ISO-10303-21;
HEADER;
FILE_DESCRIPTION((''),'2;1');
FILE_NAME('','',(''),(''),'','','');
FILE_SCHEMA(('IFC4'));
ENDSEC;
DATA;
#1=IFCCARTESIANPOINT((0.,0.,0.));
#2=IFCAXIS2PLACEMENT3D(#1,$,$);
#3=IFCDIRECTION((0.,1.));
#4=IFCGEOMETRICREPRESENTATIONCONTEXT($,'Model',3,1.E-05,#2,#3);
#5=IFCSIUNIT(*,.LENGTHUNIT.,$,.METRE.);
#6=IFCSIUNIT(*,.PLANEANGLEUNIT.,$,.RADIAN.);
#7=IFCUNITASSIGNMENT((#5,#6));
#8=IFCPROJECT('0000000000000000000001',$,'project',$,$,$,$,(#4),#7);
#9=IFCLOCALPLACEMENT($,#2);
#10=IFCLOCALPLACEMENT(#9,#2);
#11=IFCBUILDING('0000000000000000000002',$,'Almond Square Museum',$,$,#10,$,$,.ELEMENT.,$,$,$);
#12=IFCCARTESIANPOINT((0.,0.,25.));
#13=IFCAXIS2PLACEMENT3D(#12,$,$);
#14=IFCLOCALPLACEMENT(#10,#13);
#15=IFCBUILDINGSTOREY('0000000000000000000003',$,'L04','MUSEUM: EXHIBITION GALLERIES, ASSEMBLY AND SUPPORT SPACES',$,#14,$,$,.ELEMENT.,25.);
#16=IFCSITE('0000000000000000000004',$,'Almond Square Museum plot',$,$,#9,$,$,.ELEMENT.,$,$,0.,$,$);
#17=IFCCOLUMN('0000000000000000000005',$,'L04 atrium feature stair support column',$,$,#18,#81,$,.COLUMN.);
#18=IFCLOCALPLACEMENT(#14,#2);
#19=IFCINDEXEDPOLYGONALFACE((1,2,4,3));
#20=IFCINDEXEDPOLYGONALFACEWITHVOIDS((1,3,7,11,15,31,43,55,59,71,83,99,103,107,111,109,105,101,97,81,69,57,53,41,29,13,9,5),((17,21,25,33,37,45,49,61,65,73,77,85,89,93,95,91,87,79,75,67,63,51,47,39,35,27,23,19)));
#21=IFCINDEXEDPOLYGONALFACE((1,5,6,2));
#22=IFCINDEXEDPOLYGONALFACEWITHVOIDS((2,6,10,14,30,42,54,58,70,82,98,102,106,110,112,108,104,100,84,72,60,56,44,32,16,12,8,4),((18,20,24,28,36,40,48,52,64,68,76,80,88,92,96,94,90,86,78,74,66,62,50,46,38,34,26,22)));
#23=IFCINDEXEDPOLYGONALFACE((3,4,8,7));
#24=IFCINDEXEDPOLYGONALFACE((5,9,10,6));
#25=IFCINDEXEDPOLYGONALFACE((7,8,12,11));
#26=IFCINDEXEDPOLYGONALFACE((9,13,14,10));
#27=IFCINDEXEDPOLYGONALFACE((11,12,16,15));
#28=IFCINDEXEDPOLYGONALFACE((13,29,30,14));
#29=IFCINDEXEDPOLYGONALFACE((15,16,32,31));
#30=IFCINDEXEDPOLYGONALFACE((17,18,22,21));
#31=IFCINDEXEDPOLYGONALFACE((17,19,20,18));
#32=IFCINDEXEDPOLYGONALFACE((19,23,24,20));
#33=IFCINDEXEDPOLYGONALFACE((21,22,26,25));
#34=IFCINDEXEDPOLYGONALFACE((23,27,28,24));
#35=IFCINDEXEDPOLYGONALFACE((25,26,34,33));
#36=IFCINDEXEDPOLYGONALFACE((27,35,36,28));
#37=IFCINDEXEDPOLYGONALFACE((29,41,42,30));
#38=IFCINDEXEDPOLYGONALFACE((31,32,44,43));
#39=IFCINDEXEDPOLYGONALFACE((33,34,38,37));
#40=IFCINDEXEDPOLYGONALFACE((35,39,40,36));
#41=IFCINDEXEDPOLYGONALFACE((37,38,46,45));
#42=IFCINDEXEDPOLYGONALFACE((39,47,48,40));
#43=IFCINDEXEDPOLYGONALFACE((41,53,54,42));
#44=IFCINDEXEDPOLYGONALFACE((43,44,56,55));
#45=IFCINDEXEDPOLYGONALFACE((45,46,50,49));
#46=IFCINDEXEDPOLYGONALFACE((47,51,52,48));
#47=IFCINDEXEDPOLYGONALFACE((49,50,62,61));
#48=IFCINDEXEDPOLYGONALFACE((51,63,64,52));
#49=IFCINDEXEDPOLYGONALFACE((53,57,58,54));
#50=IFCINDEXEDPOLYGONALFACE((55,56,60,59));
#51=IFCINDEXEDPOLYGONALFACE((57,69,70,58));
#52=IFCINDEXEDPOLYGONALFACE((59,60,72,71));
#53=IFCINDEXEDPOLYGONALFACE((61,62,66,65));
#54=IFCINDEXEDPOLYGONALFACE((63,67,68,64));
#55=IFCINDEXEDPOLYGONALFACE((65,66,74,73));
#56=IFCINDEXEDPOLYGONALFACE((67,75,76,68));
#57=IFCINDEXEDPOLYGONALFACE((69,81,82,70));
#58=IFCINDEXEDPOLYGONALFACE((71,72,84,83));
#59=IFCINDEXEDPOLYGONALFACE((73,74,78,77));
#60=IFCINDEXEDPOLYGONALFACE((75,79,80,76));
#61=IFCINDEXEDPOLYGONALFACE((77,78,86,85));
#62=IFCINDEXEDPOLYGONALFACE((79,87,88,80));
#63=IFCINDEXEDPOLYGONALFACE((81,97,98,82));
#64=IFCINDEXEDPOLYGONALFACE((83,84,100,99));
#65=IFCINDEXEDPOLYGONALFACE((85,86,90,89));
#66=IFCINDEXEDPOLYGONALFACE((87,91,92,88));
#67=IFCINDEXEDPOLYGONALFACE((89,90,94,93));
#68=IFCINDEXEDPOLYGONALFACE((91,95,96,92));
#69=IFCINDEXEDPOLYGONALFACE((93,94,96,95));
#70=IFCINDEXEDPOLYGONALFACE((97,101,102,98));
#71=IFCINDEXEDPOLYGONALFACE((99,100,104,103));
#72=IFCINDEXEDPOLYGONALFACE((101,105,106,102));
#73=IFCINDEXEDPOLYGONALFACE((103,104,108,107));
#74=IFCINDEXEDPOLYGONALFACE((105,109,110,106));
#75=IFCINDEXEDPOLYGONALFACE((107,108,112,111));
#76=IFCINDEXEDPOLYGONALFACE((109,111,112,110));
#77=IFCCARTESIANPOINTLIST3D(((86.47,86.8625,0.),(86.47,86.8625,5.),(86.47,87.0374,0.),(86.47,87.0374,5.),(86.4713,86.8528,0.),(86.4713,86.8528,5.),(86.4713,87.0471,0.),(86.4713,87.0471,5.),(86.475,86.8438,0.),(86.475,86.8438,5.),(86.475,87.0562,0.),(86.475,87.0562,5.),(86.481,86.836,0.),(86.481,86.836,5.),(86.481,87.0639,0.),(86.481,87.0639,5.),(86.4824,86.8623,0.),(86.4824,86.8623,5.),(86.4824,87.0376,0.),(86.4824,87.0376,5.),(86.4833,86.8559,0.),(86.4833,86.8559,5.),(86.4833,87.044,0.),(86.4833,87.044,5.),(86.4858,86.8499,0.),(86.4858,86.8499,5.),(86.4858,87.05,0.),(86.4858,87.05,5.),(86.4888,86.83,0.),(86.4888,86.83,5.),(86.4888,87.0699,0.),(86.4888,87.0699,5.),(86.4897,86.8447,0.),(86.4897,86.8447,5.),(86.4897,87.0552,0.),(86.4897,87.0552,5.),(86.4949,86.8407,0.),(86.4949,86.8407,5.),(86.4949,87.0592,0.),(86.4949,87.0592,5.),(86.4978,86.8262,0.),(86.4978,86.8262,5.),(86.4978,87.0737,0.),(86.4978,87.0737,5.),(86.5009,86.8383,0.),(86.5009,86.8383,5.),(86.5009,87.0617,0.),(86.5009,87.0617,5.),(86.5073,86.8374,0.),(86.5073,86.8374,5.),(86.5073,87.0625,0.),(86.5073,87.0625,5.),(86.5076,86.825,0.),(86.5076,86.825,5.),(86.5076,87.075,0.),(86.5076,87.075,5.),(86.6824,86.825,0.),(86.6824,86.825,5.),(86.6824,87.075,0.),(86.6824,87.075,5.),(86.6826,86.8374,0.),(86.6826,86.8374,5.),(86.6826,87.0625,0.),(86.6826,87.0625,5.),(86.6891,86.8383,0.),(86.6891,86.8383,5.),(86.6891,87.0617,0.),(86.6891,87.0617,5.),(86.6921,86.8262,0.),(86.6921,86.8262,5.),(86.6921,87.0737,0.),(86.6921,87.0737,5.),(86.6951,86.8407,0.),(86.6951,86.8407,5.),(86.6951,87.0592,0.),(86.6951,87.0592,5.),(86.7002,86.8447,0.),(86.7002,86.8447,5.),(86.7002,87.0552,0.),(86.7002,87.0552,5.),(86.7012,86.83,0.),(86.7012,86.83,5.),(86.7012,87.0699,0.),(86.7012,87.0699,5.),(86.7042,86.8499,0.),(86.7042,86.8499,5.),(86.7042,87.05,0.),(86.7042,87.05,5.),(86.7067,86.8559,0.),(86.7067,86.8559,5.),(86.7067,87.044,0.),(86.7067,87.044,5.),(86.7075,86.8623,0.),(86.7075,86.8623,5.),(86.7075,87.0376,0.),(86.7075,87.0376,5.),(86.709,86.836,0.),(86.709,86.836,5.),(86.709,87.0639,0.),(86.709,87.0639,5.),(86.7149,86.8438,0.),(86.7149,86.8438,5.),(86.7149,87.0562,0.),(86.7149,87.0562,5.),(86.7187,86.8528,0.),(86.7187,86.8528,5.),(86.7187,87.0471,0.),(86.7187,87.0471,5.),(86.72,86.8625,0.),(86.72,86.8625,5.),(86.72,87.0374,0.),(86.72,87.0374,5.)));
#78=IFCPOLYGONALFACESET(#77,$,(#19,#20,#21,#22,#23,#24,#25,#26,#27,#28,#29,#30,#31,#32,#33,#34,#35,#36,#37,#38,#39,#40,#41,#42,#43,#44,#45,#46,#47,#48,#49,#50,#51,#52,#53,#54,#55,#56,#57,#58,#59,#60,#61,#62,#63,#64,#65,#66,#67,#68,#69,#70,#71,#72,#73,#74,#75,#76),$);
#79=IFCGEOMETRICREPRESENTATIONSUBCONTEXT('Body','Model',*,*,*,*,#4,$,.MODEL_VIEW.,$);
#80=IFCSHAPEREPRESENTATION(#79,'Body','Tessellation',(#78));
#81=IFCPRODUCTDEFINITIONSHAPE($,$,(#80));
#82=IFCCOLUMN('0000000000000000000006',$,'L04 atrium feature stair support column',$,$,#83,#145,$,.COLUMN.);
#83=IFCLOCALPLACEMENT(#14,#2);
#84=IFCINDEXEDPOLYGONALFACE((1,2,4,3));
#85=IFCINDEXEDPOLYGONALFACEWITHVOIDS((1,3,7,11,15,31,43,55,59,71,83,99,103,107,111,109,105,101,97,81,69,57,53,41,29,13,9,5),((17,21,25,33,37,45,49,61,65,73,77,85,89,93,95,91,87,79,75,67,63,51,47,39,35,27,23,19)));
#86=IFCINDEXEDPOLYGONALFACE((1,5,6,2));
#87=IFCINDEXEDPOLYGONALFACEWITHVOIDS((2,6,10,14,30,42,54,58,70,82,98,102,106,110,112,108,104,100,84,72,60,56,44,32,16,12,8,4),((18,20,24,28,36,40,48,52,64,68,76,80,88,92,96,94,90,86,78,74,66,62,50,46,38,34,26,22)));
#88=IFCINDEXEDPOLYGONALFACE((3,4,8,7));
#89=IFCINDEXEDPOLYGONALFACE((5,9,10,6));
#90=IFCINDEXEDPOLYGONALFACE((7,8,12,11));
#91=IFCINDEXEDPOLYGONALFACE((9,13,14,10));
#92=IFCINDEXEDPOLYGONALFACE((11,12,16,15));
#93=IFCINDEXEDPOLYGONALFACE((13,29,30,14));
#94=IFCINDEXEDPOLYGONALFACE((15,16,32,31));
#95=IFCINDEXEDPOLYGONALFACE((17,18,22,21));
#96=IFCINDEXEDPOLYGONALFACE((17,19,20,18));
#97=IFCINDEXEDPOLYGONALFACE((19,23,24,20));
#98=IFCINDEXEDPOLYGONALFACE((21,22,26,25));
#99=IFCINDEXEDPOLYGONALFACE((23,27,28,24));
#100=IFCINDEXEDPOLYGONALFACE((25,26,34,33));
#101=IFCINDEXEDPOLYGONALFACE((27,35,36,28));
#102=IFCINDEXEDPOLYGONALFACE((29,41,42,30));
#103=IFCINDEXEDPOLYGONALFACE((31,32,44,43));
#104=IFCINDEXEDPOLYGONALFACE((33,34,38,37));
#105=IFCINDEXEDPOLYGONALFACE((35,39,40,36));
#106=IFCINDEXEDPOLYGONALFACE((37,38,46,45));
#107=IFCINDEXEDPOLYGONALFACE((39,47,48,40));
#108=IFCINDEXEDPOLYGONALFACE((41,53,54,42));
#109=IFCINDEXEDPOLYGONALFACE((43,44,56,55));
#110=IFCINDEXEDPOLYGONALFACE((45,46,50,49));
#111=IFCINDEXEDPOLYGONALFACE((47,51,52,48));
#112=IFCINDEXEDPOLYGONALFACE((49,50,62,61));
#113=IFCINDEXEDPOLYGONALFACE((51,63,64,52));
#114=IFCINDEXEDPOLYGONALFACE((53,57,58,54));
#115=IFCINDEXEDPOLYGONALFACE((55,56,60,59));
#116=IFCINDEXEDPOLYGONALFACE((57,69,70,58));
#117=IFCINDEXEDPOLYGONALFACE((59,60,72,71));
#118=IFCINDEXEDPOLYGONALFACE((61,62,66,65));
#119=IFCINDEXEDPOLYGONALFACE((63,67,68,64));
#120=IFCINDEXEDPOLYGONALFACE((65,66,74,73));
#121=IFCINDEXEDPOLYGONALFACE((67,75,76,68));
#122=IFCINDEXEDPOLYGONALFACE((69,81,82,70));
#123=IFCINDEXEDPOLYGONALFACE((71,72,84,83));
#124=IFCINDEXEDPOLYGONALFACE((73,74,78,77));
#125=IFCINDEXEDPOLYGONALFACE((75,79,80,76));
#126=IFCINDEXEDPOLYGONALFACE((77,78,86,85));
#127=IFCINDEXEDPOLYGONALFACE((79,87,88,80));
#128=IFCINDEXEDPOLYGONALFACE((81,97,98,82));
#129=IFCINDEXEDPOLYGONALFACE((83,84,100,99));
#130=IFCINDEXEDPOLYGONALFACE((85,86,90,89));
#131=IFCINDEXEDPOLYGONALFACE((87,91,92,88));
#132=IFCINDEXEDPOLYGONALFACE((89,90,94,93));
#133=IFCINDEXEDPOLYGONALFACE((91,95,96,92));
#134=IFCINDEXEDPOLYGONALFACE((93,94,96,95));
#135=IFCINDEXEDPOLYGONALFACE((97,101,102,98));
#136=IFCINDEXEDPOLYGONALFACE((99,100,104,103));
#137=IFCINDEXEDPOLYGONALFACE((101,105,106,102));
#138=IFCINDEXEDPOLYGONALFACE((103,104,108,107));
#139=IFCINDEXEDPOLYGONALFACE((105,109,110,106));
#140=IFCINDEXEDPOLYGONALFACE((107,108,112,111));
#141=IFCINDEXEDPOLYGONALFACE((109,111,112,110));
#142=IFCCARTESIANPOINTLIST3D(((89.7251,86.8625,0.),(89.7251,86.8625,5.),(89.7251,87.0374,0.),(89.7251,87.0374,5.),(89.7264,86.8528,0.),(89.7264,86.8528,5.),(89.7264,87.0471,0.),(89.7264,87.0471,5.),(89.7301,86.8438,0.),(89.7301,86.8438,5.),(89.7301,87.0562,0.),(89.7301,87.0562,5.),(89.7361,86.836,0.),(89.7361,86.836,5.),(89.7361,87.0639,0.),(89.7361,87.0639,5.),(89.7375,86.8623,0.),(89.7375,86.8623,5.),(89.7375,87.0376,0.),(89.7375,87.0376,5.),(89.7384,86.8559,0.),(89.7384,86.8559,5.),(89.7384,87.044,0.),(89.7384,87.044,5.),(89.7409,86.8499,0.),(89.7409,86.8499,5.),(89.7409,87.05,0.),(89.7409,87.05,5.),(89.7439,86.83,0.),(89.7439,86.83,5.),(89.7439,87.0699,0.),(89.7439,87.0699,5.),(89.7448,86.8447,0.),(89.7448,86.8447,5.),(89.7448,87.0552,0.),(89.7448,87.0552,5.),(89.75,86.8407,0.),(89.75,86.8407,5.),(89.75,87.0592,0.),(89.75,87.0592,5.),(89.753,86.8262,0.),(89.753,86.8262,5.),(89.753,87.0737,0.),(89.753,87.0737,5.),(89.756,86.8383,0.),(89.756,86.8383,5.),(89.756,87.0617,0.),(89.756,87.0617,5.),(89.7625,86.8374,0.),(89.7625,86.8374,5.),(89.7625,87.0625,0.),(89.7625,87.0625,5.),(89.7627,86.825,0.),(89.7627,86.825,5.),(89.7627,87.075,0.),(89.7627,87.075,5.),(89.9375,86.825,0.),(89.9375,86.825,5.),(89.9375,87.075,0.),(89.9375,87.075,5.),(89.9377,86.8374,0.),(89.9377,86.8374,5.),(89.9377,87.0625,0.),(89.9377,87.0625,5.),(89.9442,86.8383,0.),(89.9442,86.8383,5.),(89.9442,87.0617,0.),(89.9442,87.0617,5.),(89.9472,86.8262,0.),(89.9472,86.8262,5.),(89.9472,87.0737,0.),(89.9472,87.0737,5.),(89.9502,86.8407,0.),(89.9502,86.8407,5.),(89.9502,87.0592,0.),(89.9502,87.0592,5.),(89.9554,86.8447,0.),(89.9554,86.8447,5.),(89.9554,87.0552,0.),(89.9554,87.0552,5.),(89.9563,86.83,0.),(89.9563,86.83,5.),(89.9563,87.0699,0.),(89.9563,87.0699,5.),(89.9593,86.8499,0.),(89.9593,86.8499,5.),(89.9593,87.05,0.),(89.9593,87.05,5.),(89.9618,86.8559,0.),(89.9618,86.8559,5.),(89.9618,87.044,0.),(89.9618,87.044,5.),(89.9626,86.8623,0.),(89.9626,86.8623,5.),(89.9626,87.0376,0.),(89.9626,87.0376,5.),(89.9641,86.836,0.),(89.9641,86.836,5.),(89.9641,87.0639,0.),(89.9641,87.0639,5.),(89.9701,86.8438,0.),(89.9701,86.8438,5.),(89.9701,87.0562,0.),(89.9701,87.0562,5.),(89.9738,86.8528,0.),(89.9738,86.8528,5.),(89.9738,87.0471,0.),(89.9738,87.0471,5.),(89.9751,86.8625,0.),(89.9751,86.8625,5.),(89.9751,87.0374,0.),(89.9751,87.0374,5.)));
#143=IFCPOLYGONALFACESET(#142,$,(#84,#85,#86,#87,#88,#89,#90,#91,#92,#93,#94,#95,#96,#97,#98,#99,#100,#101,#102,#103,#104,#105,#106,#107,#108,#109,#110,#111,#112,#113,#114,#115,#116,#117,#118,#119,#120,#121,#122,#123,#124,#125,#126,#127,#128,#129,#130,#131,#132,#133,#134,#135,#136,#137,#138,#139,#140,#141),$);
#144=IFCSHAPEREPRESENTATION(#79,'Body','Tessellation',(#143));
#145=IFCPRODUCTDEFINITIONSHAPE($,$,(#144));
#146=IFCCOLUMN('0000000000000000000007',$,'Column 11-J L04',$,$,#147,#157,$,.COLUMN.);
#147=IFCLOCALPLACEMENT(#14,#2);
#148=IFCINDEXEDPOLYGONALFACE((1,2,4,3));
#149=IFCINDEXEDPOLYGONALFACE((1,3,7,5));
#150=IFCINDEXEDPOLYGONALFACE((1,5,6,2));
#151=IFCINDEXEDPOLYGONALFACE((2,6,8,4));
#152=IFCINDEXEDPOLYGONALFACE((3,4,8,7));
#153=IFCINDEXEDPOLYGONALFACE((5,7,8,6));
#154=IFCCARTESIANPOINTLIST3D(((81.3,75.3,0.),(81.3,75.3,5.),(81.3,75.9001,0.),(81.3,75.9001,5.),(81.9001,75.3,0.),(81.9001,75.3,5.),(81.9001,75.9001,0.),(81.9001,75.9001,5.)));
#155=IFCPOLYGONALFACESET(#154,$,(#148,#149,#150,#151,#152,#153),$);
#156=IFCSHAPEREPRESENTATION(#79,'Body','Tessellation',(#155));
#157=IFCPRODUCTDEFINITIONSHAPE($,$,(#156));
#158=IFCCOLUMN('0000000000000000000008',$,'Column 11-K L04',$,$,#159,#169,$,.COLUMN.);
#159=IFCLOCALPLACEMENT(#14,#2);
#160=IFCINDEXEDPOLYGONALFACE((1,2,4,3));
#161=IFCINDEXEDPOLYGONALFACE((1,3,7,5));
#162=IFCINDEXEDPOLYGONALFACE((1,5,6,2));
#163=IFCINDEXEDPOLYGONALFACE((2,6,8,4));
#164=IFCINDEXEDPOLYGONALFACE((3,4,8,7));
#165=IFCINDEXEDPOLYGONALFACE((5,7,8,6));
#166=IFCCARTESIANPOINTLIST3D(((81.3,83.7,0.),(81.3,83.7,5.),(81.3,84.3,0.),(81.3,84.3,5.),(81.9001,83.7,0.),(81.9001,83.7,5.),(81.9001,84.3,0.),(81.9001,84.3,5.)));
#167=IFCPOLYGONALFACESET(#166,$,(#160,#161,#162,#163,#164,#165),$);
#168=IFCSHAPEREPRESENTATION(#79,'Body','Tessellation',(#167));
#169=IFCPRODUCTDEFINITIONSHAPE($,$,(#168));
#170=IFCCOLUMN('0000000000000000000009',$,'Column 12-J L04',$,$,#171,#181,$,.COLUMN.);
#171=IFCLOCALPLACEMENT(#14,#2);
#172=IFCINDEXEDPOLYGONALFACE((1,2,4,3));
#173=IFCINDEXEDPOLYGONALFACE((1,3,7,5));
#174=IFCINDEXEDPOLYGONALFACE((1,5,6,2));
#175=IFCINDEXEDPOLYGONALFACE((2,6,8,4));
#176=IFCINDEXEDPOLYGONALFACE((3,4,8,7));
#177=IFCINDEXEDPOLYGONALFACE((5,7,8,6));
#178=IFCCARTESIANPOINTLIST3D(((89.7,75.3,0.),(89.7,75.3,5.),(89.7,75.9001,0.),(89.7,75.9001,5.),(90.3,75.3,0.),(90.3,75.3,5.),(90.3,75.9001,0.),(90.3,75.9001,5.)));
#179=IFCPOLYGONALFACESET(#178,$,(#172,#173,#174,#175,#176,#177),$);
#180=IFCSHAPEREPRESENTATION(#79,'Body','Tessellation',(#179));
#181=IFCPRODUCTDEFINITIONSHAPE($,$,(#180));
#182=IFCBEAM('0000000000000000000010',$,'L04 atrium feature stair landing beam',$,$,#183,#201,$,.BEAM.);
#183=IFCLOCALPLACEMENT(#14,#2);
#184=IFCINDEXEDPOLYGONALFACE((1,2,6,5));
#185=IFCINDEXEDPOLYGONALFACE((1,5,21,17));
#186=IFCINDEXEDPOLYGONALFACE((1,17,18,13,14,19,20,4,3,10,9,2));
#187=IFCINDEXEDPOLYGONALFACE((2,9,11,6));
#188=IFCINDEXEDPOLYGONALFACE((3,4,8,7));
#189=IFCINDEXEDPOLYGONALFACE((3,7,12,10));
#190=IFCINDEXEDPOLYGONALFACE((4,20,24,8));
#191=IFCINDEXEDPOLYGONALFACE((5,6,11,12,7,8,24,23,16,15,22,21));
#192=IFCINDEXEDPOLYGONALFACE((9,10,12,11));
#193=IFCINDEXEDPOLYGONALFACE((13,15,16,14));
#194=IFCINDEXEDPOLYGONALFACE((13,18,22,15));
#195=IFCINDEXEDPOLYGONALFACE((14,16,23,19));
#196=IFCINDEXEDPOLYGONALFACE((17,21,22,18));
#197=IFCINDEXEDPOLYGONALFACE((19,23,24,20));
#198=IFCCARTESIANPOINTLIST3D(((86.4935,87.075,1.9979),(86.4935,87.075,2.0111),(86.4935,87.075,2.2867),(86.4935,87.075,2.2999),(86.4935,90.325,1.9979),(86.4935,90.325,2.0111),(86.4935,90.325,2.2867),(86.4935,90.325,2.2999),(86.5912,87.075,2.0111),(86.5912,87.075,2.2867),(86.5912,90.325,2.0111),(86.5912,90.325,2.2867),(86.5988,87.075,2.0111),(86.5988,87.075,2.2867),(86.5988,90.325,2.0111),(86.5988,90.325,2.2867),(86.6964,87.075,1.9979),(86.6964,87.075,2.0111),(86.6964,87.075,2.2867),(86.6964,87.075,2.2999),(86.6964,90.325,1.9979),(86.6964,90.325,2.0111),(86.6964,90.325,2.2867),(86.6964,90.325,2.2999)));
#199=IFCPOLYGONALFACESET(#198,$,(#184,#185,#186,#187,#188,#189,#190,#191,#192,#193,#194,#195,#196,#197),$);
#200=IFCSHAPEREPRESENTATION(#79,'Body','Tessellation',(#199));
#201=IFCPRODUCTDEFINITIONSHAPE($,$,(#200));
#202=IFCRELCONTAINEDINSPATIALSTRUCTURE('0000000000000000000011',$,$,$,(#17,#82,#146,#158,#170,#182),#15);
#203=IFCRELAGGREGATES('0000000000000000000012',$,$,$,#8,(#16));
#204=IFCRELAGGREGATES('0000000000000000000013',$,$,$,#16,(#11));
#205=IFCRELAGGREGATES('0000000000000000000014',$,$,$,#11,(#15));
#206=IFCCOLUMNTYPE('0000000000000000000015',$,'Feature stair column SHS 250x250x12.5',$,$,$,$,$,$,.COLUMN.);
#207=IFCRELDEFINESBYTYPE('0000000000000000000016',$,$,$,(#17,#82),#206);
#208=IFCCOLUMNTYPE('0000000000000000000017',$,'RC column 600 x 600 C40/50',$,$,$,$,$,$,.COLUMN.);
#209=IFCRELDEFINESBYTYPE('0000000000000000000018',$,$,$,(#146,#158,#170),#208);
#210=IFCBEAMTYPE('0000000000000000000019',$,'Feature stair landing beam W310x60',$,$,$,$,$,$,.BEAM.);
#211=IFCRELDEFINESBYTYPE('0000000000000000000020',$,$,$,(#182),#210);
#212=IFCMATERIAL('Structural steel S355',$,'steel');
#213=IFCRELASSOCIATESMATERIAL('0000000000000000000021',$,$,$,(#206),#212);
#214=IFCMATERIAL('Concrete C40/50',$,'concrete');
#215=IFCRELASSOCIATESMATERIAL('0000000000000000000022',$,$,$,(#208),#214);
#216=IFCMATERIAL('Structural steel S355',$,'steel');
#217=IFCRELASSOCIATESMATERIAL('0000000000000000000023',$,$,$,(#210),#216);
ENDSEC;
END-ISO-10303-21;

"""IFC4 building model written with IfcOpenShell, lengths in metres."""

from ifc_helpers import new_model, si_unit, direction, frame, origin, origin_2d, place, context, subcontext, project, spatial, rectangle, hollow_rectangle, i_section, extrude, material, material_profile, profile_set, type_object, element, save


model = new_model("IFC4")

# Units and contexts
model_context = context("Model", 3, precision=1e-05, world=origin(), true_north=direction((0.0, 1.0)))
body_context = subcontext(model_context, "Body", "Model", "MODEL_VIEW")
ifc_project = project(units=[si_unit("LENGTHUNIT", "METRE"), si_unit("PLANEANGLEUNIT", "RADIAN")], contexts=[model_context])

# Site, building, storey
site_placement = place(None, origin())
site = spatial("IfcSite", under=ifc_project, at=site_placement, Name="Almond Square Museum plot", CompositionType="ELEMENT", RefElevation=0.0)
building_placement = place(site_placement, origin())
building = spatial("IfcBuilding", under=site, at=building_placement, Name="Almond Square Museum", CompositionType="ELEMENT")
storey_placement = place(building_placement, frame((0.0, 0.0, 25.0)))
storey = spatial("IfcBuildingStorey", under=building, at=storey_placement, Name="L04", Description="MUSEUM: EXHIBITION GALLERIES, ASSEMBLY AND SUPPORT SPACES", CompositionType="ELEMENT", Elevation=25.0)

# Columns
ifc_material_1 = material(Name="Structural steel S355", Category="steel")
ifc_material_profile_1 = material_profile(ifc_material_1, hollow_rectangle(XDim=0.25, YDim=0.25, WallThickness=0.0125, InnerFilletRadius=0.0249, OuterFilletRadius=0.0376, at=origin_2d()))
ifc_profile_set_1 = profile_set([ifc_material_profile_1], Name="Structural steel S355")
column_type_1 = type_object("IfcColumnType", Name="Feature stair column SHS 250x250x12.5", PredefinedType="COLUMN", material=ifc_profile_set_1)
for number, where, z_axis, x_axis, name in (
    (1, (86.595, 86.95, 0.0), (0.0, 0.0, 1.0), (1.0, 0.0, 0.0), "L04 atrium feature stair support column"),
    (2, (89.8501, 86.95, 0.0), (0.0, 0.0, 1.0), (1.0, 0.0, 0.0), "L04 atrium feature stair support column"),
):
    element("IfcColumn", number, at=place(storey_placement, frame(where, z_axis=z_axis, x_axis=x_axis)), inside=storey, type_object=column_type_1, Name=name, PredefinedType="COLUMN", context=body_context, shape_type="SweptSolid", body=[
        extrude(hollow_rectangle(XDim=0.25, YDim=0.25, WallThickness=0.0125, InnerFilletRadius=0.0249, OuterFilletRadius=0.0376, at=origin_2d()), origin(), (0.0, 0.0, 1.0), 5.0),
    ])
ifc_material_2 = material(Name="Concrete C40/50", Category="concrete")
ifc_material_profile_2 = material_profile(ifc_material_2, rectangle(XDim=0.6001, YDim=0.6001, at=origin_2d()))
ifc_profile_set_2 = profile_set([ifc_material_profile_2], Name="Concrete C40/50")
column_type_2 = type_object("IfcColumnType", Name="RC column 600 x 600 C40/50", PredefinedType="COLUMN", material=ifc_profile_set_2)
for number, where, z_axis, x_axis, name in (
    (3, (81.6001, 75.6001, 0.0), (0.0, 0.0, 1.0), (1.0, 0.0, 0.0), "Column 11-J L04"),
    (4, (81.6001, 84.0, 0.0), (0.0, 0.0, 1.0), (1.0, 0.0, 0.0), "Column 11-K L04"),
    (5, (90.0, 75.6001, 0.0), (0.0, 0.0, 1.0), (1.0, 0.0, 0.0), "Column 12-J L04"),
):
    element("IfcColumn", number, at=place(storey_placement, frame(where, z_axis=z_axis, x_axis=x_axis)), inside=storey, type_object=column_type_2, Name=name, PredefinedType="COLUMN", context=body_context, shape_type="SweptSolid", body=[
        extrude(rectangle(XDim=0.6001, YDim=0.6001, at=origin_2d()), origin(), (0.0, 0.0, 1.0), 5.0),
    ])

# Beam
ifc_material_3 = material(Name="Structural steel S355", Category="steel")
ifc_material_profile_3 = material_profile(ifc_material_3, i_section(OverallWidth=0.2029, OverallDepth=0.302, WebThickness=0.0076, FlangeThickness=0.0132, at=origin_2d()))
ifc_profile_set_3 = profile_set([ifc_material_profile_3], Name="Structural steel S355")
beam_type_1 = type_object("IfcBeamType", Name="Feature stair landing beam W310x60", PredefinedType="BEAM", material=ifc_profile_set_3)
for number, where, z_axis, x_axis, name in (
    (6, (86.595, 87.075, 2.1489), (0.0, 1.0, 0.0), (-1.0, 0.0, 0.0), "L04 atrium feature stair landing beam"),
):
    element("IfcBeam", number, at=place(storey_placement, frame(where, z_axis=z_axis, x_axis=x_axis)), inside=storey, type_object=beam_type_1, Name=name, PredefinedType="BEAM", context=body_context, shape_type="SweptSolid", body=[
        extrude(i_section(OverallWidth=0.2029, OverallDepth=0.302, WebThickness=0.0076, FlangeThickness=0.0132, at=origin_2d()), origin(), (0.0, 0.0, 1.0), 3.25),
    ])

save(model, "model.ifc")
